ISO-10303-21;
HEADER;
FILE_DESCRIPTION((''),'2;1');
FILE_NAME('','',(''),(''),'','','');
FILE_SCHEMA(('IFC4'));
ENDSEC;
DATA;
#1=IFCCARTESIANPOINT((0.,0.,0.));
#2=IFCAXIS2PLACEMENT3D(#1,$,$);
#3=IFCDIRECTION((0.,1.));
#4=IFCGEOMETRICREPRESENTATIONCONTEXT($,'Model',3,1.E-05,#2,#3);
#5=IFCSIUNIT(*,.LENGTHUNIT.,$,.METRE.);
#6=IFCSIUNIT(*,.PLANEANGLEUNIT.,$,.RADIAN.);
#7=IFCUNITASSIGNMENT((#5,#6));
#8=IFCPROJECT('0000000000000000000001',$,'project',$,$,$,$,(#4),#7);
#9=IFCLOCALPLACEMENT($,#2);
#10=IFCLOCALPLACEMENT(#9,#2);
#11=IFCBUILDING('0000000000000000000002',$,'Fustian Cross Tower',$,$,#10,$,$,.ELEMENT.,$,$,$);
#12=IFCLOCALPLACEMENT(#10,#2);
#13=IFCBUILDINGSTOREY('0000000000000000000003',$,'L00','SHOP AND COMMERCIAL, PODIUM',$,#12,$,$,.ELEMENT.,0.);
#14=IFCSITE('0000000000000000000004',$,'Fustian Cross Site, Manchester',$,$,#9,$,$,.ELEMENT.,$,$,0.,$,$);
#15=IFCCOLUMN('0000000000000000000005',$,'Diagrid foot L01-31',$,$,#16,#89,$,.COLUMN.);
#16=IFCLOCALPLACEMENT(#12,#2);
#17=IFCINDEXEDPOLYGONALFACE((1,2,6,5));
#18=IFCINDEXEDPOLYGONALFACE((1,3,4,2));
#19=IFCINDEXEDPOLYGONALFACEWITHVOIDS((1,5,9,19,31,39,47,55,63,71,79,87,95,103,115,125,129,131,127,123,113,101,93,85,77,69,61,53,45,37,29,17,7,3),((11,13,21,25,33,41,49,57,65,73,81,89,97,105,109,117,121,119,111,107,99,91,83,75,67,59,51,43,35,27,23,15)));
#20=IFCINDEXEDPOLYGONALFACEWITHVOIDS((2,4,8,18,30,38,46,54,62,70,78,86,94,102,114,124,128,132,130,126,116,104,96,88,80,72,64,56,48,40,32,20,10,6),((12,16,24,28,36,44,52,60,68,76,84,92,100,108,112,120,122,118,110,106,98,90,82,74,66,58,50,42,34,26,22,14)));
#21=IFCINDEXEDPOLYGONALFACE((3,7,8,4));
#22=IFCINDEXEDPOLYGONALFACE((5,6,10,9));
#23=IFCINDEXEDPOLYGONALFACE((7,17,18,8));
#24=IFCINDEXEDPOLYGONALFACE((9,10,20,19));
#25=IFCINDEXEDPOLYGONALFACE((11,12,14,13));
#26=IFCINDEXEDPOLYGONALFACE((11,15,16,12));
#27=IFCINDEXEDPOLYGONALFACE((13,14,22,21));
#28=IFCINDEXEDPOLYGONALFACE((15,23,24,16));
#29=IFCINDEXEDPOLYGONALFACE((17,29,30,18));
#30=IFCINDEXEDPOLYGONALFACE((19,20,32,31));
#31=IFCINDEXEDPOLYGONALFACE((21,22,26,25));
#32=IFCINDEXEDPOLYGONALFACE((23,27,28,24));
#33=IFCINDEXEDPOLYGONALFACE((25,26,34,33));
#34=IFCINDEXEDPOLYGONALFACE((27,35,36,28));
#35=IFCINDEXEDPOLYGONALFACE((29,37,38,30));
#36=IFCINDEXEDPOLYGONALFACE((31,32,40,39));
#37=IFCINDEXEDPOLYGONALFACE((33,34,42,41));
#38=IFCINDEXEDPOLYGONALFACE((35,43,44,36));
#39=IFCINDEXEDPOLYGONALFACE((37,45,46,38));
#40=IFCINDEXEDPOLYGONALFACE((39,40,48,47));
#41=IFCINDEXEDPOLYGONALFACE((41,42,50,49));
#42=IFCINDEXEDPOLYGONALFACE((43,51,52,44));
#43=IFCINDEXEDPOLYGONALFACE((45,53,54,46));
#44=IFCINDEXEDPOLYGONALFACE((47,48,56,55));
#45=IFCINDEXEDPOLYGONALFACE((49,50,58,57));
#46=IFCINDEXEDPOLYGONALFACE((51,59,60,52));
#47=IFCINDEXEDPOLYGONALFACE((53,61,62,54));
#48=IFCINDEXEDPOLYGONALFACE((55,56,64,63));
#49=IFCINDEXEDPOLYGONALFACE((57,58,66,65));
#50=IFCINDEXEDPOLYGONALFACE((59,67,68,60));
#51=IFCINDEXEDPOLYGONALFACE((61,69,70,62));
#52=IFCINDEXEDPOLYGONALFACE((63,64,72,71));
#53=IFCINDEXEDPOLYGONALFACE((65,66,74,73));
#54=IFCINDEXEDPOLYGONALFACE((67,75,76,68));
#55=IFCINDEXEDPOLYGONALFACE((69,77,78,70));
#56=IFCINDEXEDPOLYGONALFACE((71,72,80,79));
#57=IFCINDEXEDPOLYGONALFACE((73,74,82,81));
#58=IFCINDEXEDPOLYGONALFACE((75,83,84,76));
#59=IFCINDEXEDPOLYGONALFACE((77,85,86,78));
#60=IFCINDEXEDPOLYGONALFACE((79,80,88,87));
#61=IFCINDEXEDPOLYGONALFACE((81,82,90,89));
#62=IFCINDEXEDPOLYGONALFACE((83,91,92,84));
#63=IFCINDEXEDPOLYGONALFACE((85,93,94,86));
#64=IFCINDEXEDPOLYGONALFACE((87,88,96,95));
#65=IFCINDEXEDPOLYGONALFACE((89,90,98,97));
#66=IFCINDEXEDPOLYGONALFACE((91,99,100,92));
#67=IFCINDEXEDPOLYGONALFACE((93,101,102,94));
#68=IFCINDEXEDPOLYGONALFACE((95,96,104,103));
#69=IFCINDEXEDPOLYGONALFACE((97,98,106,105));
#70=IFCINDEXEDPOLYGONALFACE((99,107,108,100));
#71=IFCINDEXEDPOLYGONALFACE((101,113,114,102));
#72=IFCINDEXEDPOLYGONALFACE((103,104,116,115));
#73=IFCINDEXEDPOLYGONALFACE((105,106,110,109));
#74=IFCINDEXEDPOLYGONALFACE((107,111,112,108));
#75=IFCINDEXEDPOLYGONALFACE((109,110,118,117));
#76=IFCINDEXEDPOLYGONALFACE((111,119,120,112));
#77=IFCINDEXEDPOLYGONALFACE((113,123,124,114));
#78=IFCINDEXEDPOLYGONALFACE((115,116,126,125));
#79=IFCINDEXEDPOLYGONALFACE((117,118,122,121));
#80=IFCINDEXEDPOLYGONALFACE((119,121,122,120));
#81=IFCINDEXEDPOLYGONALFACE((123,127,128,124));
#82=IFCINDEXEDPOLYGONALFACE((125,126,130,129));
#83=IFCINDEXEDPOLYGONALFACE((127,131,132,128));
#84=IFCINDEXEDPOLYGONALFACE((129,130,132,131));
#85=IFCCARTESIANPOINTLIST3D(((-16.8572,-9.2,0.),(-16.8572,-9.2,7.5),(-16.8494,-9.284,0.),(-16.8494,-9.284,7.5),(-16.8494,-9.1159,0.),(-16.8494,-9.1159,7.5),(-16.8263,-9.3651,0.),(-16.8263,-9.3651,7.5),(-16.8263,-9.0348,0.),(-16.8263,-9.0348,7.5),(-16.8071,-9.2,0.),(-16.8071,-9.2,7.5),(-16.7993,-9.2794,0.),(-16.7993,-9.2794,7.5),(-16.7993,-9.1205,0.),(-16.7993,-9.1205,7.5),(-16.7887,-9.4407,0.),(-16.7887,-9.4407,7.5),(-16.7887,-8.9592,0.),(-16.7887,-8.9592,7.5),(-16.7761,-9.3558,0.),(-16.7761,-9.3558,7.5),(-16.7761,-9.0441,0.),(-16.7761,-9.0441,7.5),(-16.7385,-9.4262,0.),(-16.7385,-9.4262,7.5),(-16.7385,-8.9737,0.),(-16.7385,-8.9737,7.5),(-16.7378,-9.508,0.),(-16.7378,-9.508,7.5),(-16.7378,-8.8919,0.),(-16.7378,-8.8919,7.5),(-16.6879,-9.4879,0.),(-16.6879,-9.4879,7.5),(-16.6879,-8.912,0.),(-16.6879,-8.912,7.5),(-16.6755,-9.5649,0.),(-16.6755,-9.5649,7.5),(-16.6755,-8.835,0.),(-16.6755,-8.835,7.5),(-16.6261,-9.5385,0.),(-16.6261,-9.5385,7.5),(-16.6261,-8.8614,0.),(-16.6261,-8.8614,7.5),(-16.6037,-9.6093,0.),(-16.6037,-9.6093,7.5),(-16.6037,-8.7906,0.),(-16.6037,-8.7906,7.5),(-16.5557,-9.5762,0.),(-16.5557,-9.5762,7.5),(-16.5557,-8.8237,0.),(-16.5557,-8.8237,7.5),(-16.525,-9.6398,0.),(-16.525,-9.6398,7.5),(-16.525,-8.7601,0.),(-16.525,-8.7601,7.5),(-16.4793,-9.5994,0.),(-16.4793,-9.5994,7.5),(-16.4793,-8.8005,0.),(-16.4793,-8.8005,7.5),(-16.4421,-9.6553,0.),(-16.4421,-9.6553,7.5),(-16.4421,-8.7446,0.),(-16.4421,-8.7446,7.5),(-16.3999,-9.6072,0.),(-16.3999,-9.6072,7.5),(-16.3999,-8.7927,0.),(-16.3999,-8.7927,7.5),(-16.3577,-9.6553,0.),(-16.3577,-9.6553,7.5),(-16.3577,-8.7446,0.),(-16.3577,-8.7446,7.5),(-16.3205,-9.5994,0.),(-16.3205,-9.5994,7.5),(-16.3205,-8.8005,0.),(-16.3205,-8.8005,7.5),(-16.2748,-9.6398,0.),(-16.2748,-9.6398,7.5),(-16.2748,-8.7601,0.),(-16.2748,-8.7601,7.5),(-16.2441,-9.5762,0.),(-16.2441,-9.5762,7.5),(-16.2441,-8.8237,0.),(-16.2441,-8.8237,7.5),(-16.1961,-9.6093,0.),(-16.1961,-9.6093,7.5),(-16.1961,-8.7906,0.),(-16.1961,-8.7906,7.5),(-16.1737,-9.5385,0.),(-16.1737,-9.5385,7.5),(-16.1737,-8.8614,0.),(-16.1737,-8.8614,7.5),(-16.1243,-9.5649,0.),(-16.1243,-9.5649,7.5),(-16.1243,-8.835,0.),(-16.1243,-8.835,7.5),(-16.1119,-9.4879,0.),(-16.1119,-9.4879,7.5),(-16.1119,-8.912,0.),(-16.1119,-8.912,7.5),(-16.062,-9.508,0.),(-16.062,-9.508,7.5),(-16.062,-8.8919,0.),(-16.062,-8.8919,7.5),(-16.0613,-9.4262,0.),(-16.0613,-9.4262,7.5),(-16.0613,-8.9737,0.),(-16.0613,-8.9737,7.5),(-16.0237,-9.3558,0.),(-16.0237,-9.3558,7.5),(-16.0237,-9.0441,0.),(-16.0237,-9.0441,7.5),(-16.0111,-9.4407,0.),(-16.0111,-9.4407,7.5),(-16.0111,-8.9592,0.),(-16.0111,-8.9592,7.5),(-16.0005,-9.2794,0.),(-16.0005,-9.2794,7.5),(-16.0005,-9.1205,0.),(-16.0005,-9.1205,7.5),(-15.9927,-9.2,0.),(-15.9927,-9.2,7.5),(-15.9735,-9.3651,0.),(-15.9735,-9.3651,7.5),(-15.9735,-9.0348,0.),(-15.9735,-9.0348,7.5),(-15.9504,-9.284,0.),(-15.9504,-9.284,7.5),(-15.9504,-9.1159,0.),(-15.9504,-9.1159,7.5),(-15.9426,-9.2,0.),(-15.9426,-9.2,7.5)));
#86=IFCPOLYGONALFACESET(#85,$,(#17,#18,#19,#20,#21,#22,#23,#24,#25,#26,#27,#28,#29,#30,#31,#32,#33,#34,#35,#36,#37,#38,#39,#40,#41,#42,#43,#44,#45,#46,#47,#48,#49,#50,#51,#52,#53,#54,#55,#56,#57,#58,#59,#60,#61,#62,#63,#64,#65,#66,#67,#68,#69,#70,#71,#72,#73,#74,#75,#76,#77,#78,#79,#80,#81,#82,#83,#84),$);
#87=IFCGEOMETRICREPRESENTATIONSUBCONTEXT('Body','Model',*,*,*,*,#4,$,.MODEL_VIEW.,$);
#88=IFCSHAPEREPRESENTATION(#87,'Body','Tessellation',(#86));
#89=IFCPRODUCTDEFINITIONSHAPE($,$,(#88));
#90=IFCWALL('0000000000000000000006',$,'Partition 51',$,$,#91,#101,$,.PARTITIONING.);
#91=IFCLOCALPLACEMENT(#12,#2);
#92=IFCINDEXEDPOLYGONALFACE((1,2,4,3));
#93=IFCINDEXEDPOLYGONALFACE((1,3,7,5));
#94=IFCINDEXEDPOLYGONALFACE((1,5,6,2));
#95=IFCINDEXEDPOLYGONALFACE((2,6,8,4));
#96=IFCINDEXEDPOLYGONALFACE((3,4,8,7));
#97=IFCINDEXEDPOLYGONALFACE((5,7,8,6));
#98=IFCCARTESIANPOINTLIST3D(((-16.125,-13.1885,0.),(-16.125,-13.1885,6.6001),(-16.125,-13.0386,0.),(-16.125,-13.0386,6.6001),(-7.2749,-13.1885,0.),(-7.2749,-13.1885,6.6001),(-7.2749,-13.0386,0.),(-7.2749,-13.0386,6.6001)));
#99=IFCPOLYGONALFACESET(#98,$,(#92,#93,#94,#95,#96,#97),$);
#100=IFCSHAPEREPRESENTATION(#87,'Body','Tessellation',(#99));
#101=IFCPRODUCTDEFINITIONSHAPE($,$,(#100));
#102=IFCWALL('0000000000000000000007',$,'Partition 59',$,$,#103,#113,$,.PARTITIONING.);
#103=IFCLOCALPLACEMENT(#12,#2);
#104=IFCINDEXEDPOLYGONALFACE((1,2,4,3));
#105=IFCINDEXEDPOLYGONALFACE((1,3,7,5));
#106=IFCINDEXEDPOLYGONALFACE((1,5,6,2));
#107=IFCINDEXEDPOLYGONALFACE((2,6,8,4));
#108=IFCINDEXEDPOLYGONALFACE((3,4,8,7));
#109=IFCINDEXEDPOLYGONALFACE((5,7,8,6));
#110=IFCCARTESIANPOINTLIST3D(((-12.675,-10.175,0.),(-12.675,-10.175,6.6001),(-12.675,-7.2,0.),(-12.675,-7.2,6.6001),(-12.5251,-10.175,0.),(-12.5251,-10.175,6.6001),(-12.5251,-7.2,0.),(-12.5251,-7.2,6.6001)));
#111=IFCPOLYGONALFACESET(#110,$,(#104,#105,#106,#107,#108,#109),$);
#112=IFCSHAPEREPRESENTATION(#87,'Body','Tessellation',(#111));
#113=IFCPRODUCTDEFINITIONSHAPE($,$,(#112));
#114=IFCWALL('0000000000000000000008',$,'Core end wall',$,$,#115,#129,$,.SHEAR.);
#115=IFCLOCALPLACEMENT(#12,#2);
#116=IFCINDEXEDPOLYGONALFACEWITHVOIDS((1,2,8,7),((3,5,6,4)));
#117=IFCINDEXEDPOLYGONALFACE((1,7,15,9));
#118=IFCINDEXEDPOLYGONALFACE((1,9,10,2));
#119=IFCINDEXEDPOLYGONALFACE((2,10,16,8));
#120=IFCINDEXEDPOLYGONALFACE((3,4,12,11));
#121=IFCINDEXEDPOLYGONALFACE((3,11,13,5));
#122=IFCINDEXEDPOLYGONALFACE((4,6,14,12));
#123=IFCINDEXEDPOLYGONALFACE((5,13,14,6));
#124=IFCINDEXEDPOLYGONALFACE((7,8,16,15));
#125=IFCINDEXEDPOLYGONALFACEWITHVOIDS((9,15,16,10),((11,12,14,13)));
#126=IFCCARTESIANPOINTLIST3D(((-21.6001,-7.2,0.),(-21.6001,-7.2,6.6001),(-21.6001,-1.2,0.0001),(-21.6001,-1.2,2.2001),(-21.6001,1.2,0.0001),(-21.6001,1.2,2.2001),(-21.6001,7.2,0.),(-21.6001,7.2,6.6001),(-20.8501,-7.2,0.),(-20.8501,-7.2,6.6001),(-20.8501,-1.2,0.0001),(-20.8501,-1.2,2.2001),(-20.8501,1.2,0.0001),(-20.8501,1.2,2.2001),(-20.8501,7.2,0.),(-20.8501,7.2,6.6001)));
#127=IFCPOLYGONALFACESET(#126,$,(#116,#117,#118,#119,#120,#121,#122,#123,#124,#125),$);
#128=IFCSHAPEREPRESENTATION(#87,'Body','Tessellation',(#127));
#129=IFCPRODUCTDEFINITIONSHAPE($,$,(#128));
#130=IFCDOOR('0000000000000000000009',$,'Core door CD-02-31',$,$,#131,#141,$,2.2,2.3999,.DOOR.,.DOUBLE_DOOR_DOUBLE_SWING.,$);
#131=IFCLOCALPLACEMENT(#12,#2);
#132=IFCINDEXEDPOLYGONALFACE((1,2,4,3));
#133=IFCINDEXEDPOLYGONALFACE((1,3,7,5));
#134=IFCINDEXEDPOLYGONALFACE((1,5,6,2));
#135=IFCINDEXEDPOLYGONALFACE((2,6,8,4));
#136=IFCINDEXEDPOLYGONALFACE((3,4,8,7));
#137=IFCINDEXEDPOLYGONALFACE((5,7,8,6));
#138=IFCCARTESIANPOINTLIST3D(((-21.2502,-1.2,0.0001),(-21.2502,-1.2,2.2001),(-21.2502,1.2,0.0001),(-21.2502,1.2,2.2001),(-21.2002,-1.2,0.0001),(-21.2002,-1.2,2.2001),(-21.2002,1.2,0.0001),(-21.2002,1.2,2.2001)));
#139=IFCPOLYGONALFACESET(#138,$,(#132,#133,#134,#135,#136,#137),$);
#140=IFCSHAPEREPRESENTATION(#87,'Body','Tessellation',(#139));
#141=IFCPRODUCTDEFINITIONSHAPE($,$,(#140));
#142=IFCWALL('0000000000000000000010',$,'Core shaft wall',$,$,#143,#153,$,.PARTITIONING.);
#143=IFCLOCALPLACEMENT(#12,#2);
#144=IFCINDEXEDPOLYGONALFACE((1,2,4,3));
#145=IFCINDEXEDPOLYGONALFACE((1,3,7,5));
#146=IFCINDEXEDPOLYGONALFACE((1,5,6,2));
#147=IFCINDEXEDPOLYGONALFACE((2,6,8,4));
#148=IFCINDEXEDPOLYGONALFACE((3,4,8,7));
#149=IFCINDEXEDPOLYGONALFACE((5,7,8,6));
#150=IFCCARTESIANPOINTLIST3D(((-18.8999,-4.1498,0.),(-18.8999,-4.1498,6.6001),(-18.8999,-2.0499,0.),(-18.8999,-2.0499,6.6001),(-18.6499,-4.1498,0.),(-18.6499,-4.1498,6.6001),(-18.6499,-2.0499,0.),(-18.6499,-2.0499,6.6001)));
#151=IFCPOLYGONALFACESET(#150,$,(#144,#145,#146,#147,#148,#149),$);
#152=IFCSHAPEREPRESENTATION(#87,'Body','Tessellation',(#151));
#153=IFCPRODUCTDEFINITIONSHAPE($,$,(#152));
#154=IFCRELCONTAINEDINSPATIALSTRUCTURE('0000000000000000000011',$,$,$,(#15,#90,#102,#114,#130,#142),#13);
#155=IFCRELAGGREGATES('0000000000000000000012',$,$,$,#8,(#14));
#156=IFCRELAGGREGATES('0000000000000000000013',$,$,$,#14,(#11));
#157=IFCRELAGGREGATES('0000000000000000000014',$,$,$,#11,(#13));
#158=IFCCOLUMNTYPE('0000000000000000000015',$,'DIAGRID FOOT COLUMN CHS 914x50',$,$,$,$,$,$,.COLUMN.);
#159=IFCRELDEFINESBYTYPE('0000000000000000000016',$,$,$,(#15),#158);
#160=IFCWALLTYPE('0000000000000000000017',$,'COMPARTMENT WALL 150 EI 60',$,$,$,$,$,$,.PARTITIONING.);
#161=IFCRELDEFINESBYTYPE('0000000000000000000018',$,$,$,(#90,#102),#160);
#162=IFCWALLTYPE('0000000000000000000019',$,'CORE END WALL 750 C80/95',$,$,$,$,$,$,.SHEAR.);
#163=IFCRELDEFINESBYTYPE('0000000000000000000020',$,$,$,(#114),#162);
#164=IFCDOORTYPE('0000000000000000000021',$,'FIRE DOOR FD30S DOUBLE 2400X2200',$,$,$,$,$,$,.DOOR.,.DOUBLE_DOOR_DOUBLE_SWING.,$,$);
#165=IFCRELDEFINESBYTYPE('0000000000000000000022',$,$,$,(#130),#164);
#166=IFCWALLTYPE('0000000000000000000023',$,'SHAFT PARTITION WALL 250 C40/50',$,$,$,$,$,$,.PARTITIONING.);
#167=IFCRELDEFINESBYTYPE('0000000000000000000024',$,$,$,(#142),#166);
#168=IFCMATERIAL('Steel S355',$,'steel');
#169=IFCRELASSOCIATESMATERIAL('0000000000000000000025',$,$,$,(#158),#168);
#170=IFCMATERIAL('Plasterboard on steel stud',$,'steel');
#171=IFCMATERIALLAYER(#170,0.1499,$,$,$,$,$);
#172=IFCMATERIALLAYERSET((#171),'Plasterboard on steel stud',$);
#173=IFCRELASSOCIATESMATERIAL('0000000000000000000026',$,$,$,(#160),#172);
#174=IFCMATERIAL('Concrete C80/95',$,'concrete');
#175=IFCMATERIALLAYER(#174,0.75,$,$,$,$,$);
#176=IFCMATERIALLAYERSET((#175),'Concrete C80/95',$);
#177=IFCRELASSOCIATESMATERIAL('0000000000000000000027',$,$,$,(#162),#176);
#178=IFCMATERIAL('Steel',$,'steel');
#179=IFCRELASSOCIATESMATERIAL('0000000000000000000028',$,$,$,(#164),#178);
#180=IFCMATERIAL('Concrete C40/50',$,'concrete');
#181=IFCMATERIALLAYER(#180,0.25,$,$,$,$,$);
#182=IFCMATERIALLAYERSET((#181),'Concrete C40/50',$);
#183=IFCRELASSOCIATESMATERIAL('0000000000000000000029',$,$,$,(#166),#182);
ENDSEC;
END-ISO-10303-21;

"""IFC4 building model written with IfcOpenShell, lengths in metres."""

from ifc_helpers import new_model, si_unit, direction, frame, frame_2d, origin, origin_2d, place, context, subcontext, project, spatial, rectangle, hollow_circle, extrude, material, layer, layer_set, material_profile, profile_set, type_object, element, fill, save


model = new_model("IFC4")

# Units and contexts
model_context = context("Model", 3, precision=1e-05, world=origin(), true_north=direction((0.0, 1.0)))
body_context = subcontext(model_context, "Body", "Model", "MODEL_VIEW")
ifc_project = project(units=[si_unit("LENGTHUNIT", "METRE"), si_unit("PLANEANGLEUNIT", "RADIAN")], contexts=[model_context])

# Site, building, storey
site_placement = place(None, origin())
site = spatial("IfcSite", under=ifc_project, at=site_placement, Name="Fustian Cross Site, Manchester", CompositionType="ELEMENT", RefElevation=0.0)
building_placement = place(site_placement, origin())
building = spatial("IfcBuilding", under=site, at=building_placement, Name="Fustian Cross Tower", CompositionType="ELEMENT")
storey_placement = place(building_placement, origin())
storey = spatial("IfcBuildingStorey", under=building, at=storey_placement, Name="L00", Description="SHOP AND COMMERCIAL, PODIUM", CompositionType="ELEMENT", Elevation=0.0)

# Column
ifc_material_1 = material(Name="Steel S355", Category="steel")
ifc_material_profile = material_profile(ifc_material_1, hollow_circle(Radius=0.4573, WallThickness=0.05, at=origin_2d()), Name="CHS 914x50")
ifc_profile_set = profile_set([ifc_material_profile], Name="Steel S355")
column_type = type_object("IfcColumnType", Name="DIAGRID FOOT COLUMN CHS 914x50", PredefinedType="COLUMN", material=ifc_profile_set)
column_placement = place(storey_placement, frame((-16.3999, -9.2, 0.0), z_axis=(0.0, 0.0, 1.0), x_axis=(1.0, 0.0, 0.0)))
element("IfcColumn", 1, at=column_placement, inside=storey, type_object=column_type, Name="Diagrid foot L01-31", PredefinedType="COLUMN", context=body_context, shape_type="SweptSolid", body=[
    extrude(hollow_circle(Radius=0.4573, WallThickness=0.05, at=origin_2d()), origin(), (0.0, 0.0, 1.0), 7.5),
])

# Walls
ifc_material_2 = material(Name="Plasterboard on steel stud", Category="steel")
ifc_layer_1 = layer(ifc_material_2, 0.1499)
ifc_layer_set_1 = layer_set([ifc_layer_1], Name="Plasterboard on steel stud")
wall_type_1 = type_object("IfcWallType", Name="COMPARTMENT WALL 150 EI 60", PredefinedType="PARTITIONING", material=ifc_layer_set_1)
wall_1_placement = place(storey_placement, frame((-16.125, -13.1135, 0.0), z_axis=(0.0, 0.0, 1.0), x_axis=(1.0, 0.0, 0.0)))
element("IfcWall", 2, at=wall_1_placement, inside=storey, type_object=wall_type_1, Name="Partition 51", PredefinedType="PARTITIONING", context=body_context, shape_type="SweptSolid", body=[
    extrude(rectangle(XDim=8.8501, YDim=0.1499, at=frame_2d((4.425, 0.0))), origin(), (0.0, 0.0, 1.0), 6.6001),
])
wall_2_placement = place(storey_placement, frame((-12.6001, -10.175, 0.0), z_axis=(0.0, 0.0, 1.0), x_axis=(0.0, 1.0, 0.0)))
element("IfcWall", 3, at=wall_2_placement, inside=storey, type_object=wall_type_1, Name="Partition 59", PredefinedType="PARTITIONING", context=body_context, shape_type="SweptSolid", body=[
    extrude(rectangle(XDim=2.9751, YDim=0.1499, at=frame_2d((1.4875, 0.0))), origin(), (0.0, 0.0, 1.0), 6.6001),
])

# Wall, opening, door
ifc_material_3 = material(Name="Concrete C80/95", Category="concrete")
ifc_layer_2 = layer(ifc_material_3, 0.75)
ifc_layer_set_2 = layer_set([ifc_layer_2], Name="Concrete C80/95")
wall_type_2 = type_object("IfcWallType", Name="CORE END WALL 750 C80/95", PredefinedType="SHEAR", material=ifc_layer_set_2)
wall_3_placement = place(storey_placement, frame((-21.2251, -7.2, 0.0), z_axis=(0.0, 0.0, 1.0), x_axis=(0.0, 1.0, 0.0)))
wall_3 = element("IfcWall", 4, at=wall_3_placement, inside=storey, type_object=wall_type_2, Name="Core end wall", PredefinedType="SHEAR", context=body_context, shape_type="SweptSolid", body=[
    extrude(rectangle(XDim=14.3999, YDim=0.75, at=frame_2d((7.2, 0.0))), origin(), (0.0, 0.0, 1.0), 6.6001),
])
opening_placement = place(wall_3_placement, frame((6.0, 0.0, 0.0)))
opening = element("IfcOpeningElement", 5, at=opening_placement, cuts=wall_3, PredefinedType="OPENING", context=body_context, shape_type="SweptSolid", body=[
    extrude(rectangle(XDim=2.3999, YDim=2.2, at=frame_2d((1.2, 1.1001))), frame((0.0, 0.385, 0.0), z_axis=(0.0, -1.0, 0.0), x_axis=(1.0, 0.0, 0.0)), (0.0, 0.0, 1.0), 0.77),
])
ifc_material_4 = material(Name="Steel", Category="steel")
door_type = type_object("IfcDoorType", Name="FIRE DOOR FD30S DOUBLE 2400X2200", OperationType="DOUBLE_DOOR_DOUBLE_SWING", PredefinedType="DOOR", material=ifc_material_4)
door_placement = place(opening_placement, frame((2.3999, 0.0, 0.0), z_axis=(0.0, 0.0, 1.0), x_axis=(-1.0, 0.0, 0.0)))
door = element("IfcDoor", 6, at=door_placement, inside=storey, type_object=door_type, Name="Core door CD-02-31", OperationType="DOUBLE_DOOR_DOUBLE_SWING", OverallHeight=2.2, OverallWidth=2.3999, PredefinedType="DOOR", context=body_context, shape_type="SweptSolid", body=[
    extrude(rectangle(XDim=2.3999, YDim=2.2, at=frame_2d((1.2, 1.1001))), frame((0.0, 0.0249, 0.0), z_axis=(0.0, -1.0, 0.0), x_axis=(1.0, 0.0, 0.0)), (0.0, 0.0, 1.0), 0.05),
])
fill(opening, door)

# Wall
ifc_material_5 = material(Name="Concrete C40/50", Category="concrete")
ifc_layer_3 = layer(ifc_material_5, 0.25)
ifc_layer_set_3 = layer_set([ifc_layer_3], Name="Concrete C40/50")
wall_type_3 = type_object("IfcWallType", Name="SHAFT PARTITION WALL 250 C40/50", PredefinedType="PARTITIONING", material=ifc_layer_set_3)
wall_4_placement = place(storey_placement, frame((-18.7749, -2.05, 0.0), z_axis=(0.0, 0.0, 1.0), x_axis=(0.0, -1.0, 0.0)))
element("IfcWall", 7, at=wall_4_placement, inside=storey, type_object=wall_type_3, Name="Core shaft wall", PredefinedType="PARTITIONING", context=body_context, shape_type="SweptSolid", body=[
    extrude(rectangle(XDim=2.0999, YDim=0.25, at=frame_2d((1.0498, 0.0))), origin(), (0.0, 0.0, 1.0), 6.6001),
])

save(model, "model.ifc")
